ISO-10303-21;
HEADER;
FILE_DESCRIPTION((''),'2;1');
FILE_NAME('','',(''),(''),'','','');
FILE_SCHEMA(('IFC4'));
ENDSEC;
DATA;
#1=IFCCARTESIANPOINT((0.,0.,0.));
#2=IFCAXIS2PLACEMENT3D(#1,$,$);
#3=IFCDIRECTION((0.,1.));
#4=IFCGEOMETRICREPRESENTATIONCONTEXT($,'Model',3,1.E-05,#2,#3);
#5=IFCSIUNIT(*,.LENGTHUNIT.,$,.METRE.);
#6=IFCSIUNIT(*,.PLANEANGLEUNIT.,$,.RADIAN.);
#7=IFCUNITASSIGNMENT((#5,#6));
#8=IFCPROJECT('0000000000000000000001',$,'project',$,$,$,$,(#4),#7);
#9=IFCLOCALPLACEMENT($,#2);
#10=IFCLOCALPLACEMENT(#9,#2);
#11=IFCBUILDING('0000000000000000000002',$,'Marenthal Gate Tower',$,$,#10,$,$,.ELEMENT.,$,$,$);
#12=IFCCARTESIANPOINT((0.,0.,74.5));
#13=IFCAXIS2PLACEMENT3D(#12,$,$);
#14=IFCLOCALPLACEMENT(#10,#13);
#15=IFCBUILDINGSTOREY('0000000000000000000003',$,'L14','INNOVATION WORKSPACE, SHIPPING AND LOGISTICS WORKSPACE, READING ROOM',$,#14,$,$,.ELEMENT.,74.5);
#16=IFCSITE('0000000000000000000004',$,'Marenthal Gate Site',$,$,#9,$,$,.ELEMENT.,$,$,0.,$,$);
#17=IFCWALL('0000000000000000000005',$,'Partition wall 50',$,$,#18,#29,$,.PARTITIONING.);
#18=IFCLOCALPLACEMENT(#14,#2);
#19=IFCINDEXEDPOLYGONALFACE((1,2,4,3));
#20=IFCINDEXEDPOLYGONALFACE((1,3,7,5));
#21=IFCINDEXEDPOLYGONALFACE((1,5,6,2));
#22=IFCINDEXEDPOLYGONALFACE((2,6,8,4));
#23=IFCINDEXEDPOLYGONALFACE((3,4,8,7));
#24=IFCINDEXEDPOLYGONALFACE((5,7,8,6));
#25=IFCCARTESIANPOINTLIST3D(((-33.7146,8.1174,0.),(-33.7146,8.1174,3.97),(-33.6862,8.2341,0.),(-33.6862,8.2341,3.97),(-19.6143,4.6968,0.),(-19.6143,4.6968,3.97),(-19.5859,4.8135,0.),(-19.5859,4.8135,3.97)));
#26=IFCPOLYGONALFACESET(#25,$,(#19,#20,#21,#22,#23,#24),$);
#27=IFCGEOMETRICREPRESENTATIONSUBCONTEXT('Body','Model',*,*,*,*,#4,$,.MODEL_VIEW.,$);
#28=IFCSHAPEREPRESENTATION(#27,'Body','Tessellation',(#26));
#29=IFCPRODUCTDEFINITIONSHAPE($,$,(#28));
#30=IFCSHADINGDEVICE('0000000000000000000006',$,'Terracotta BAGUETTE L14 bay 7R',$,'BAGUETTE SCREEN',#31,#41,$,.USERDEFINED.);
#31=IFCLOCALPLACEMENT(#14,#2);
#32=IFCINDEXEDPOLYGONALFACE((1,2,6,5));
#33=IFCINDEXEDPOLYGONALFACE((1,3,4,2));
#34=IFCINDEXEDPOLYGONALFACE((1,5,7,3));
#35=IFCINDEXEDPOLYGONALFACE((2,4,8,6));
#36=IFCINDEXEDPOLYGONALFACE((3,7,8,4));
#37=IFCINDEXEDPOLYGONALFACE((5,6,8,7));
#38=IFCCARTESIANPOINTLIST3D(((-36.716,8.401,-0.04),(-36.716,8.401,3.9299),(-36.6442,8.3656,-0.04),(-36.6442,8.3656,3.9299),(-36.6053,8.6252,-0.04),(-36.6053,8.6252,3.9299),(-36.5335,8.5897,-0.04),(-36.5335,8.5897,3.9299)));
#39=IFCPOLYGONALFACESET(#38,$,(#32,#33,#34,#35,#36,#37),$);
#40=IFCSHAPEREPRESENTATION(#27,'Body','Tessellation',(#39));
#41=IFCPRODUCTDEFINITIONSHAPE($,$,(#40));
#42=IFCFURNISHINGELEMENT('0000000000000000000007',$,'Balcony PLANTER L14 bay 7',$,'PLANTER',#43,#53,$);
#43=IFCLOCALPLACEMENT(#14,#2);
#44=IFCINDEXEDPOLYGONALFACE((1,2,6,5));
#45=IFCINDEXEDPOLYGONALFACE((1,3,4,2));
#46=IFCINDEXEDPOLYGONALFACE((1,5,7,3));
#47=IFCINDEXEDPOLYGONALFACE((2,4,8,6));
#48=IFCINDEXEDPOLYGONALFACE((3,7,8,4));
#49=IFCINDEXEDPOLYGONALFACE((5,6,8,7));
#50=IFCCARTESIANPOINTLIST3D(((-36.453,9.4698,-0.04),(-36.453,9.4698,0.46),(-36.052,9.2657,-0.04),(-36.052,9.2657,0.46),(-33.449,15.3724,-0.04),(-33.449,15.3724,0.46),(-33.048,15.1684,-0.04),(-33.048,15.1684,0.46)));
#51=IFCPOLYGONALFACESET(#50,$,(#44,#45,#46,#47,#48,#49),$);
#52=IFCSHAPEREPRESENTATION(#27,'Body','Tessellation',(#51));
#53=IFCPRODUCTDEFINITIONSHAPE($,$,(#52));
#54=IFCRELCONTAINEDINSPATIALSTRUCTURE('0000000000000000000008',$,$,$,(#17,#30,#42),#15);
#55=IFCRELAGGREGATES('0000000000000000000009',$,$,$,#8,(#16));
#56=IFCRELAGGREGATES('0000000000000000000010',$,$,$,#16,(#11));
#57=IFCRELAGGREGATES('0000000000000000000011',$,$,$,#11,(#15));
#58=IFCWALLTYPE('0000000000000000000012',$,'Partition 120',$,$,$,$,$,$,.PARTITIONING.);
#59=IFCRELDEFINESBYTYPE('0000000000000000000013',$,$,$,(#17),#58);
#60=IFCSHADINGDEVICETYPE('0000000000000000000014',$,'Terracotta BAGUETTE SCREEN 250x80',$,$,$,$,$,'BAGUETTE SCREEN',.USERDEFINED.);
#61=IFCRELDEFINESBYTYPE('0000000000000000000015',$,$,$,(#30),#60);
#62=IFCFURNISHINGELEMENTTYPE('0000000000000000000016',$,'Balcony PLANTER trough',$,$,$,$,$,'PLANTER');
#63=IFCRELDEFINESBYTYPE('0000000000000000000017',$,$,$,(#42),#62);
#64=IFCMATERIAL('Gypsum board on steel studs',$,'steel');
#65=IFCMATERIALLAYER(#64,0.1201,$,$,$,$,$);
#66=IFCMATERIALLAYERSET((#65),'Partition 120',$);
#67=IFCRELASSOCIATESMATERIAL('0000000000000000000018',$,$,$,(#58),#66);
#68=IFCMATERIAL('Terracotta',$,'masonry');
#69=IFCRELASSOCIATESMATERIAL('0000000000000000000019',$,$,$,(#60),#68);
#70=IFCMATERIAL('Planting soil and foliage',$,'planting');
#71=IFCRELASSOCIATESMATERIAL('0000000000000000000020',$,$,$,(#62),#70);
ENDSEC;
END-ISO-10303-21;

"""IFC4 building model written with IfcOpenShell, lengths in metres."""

from ifc_helpers import new_model, si_unit, direction, frame, frame_2d, origin, origin_2d, place, context, subcontext, project, spatial, rectangle, extrude, material, layer, layer_set, material_profile, profile_set, type_object, element, save


model = new_model("IFC4")

# Units and contexts
model_context = context("Model", 3, precision=1e-05, world=origin(), true_north=direction((0.0, 1.0)))
body_context = subcontext(model_context, "Body", "Model", "MODEL_VIEW")
ifc_project = project(units=[si_unit("LENGTHUNIT", "METRE"), si_unit("PLANEANGLEUNIT", "RADIAN")], contexts=[model_context])

# Site, building, storey
site_placement = place(None, origin())
site = spatial("IfcSite", under=ifc_project, at=site_placement, Name="Marenthal Gate Site", CompositionType="ELEMENT", RefElevation=0.0)
building_placement = place(site_placement, origin())
building = spatial("IfcBuilding", under=site, at=building_placement, Name="Marenthal Gate Tower", CompositionType="ELEMENT")
storey_placement = place(building_placement, frame((0.0, 0.0, 74.5)))
storey = spatial("IfcBuildingStorey", under=building, at=storey_placement, Name="L14", Description="INNOVATION WORKSPACE, SHIPPING AND LOGISTICS WORKSPACE, READING ROOM", CompositionType="ELEMENT", Elevation=74.5)

# Wall
ifc_material_1 = material(Name="Gypsum board on steel studs", Category="steel")
ifc_layer_1 = layer(ifc_material_1, 0.1201)
ifc_layer_set_1 = layer_set([ifc_layer_1], Name="Partition 120")
wall_type = type_object("IfcWallType", Name="Partition 120", PredefinedType="PARTITIONING", material=ifc_layer_set_1)
wall_1_placement = place(storey_placement, frame((-19.6001, 4.7551, 0.0), z_axis=(0.0, 0.0, 1.0), x_axis=(-0.971812, 0.235756, 0.0)))
element("IfcWall", 1, at=wall_1_placement, inside=storey, type_object=wall_type, Name="Partition wall 50", PredefinedType="PARTITIONING", context=body_context, shape_type="SweptSolid", body=[
    extrude(rectangle(XDim=14.5093, YDim=0.1201, at=frame_2d((7.2546, 0.0))), origin(), (0.0, 0.0, 1.0), 3.97),
])

# Shading device
ifc_material_2 = material(Name="Terracotta", Category="masonry")
ifc_material_profile_1 = material_profile(ifc_material_2, rectangle(XDim=0.25, YDim=0.0801, at=origin_2d()), Name="Terracotta baguette 250x80")
ifc_profile_set_1 = profile_set([ifc_material_profile_1], Name="Terracotta")
shading_device_type = type_object("IfcShadingDeviceType", Name="Terracotta BAGUETTE SCREEN 250x80", ElementType="BAGUETTE SCREEN", PredefinedType="USERDEFINED", material=ifc_profile_set_1)
shading_device_placement = place(storey_placement, frame((-36.6248, 8.4954, -0.04), z_axis=(0.0, 0.0, 1.0), x_axis=(-0.442939, -0.896552, 0.0)))
element("IfcShadingDevice", 2, at=shading_device_placement, inside=storey, type_object=shading_device_type, Name="Terracotta BAGUETTE L14 bay 7R", ObjectType="BAGUETTE SCREEN", PredefinedType="USERDEFINED", context=body_context, shape_type="SweptSolid", body=[
    extrude(rectangle(XDim=0.25, YDim=0.0801, at=origin_2d()), origin(), (0.0, 0.0, 1.0), 3.97),
])

# Furnishing element
ifc_material_3 = material(Name="Planting soil and foliage", Category="planting")
furnishing_element_type = type_object("IfcFurnishingElementType", Name="Balcony PLANTER trough", ElementType="PLANTER", material=ifc_material_3)
furnishing_placement = place(storey_placement, frame((-34.7505, 12.3191, -0.04), z_axis=(0.0, 0.0, 1.0), x_axis=(-0.453561, -0.891225, 0.0)))
element("IfcFurnishingElement", 3, at=furnishing_placement, inside=storey, type_object=furnishing_element_type, Name="Balcony PLANTER L14 bay 7", ObjectType="PLANTER", context=body_context, shape_type="SweptSolid", body=[
    extrude(rectangle(XDim=6.623, YDim=0.45, at=origin_2d()), origin(), (0.0, 0.0, 1.0), 0.5),
])

save(model, "model.ifc")
